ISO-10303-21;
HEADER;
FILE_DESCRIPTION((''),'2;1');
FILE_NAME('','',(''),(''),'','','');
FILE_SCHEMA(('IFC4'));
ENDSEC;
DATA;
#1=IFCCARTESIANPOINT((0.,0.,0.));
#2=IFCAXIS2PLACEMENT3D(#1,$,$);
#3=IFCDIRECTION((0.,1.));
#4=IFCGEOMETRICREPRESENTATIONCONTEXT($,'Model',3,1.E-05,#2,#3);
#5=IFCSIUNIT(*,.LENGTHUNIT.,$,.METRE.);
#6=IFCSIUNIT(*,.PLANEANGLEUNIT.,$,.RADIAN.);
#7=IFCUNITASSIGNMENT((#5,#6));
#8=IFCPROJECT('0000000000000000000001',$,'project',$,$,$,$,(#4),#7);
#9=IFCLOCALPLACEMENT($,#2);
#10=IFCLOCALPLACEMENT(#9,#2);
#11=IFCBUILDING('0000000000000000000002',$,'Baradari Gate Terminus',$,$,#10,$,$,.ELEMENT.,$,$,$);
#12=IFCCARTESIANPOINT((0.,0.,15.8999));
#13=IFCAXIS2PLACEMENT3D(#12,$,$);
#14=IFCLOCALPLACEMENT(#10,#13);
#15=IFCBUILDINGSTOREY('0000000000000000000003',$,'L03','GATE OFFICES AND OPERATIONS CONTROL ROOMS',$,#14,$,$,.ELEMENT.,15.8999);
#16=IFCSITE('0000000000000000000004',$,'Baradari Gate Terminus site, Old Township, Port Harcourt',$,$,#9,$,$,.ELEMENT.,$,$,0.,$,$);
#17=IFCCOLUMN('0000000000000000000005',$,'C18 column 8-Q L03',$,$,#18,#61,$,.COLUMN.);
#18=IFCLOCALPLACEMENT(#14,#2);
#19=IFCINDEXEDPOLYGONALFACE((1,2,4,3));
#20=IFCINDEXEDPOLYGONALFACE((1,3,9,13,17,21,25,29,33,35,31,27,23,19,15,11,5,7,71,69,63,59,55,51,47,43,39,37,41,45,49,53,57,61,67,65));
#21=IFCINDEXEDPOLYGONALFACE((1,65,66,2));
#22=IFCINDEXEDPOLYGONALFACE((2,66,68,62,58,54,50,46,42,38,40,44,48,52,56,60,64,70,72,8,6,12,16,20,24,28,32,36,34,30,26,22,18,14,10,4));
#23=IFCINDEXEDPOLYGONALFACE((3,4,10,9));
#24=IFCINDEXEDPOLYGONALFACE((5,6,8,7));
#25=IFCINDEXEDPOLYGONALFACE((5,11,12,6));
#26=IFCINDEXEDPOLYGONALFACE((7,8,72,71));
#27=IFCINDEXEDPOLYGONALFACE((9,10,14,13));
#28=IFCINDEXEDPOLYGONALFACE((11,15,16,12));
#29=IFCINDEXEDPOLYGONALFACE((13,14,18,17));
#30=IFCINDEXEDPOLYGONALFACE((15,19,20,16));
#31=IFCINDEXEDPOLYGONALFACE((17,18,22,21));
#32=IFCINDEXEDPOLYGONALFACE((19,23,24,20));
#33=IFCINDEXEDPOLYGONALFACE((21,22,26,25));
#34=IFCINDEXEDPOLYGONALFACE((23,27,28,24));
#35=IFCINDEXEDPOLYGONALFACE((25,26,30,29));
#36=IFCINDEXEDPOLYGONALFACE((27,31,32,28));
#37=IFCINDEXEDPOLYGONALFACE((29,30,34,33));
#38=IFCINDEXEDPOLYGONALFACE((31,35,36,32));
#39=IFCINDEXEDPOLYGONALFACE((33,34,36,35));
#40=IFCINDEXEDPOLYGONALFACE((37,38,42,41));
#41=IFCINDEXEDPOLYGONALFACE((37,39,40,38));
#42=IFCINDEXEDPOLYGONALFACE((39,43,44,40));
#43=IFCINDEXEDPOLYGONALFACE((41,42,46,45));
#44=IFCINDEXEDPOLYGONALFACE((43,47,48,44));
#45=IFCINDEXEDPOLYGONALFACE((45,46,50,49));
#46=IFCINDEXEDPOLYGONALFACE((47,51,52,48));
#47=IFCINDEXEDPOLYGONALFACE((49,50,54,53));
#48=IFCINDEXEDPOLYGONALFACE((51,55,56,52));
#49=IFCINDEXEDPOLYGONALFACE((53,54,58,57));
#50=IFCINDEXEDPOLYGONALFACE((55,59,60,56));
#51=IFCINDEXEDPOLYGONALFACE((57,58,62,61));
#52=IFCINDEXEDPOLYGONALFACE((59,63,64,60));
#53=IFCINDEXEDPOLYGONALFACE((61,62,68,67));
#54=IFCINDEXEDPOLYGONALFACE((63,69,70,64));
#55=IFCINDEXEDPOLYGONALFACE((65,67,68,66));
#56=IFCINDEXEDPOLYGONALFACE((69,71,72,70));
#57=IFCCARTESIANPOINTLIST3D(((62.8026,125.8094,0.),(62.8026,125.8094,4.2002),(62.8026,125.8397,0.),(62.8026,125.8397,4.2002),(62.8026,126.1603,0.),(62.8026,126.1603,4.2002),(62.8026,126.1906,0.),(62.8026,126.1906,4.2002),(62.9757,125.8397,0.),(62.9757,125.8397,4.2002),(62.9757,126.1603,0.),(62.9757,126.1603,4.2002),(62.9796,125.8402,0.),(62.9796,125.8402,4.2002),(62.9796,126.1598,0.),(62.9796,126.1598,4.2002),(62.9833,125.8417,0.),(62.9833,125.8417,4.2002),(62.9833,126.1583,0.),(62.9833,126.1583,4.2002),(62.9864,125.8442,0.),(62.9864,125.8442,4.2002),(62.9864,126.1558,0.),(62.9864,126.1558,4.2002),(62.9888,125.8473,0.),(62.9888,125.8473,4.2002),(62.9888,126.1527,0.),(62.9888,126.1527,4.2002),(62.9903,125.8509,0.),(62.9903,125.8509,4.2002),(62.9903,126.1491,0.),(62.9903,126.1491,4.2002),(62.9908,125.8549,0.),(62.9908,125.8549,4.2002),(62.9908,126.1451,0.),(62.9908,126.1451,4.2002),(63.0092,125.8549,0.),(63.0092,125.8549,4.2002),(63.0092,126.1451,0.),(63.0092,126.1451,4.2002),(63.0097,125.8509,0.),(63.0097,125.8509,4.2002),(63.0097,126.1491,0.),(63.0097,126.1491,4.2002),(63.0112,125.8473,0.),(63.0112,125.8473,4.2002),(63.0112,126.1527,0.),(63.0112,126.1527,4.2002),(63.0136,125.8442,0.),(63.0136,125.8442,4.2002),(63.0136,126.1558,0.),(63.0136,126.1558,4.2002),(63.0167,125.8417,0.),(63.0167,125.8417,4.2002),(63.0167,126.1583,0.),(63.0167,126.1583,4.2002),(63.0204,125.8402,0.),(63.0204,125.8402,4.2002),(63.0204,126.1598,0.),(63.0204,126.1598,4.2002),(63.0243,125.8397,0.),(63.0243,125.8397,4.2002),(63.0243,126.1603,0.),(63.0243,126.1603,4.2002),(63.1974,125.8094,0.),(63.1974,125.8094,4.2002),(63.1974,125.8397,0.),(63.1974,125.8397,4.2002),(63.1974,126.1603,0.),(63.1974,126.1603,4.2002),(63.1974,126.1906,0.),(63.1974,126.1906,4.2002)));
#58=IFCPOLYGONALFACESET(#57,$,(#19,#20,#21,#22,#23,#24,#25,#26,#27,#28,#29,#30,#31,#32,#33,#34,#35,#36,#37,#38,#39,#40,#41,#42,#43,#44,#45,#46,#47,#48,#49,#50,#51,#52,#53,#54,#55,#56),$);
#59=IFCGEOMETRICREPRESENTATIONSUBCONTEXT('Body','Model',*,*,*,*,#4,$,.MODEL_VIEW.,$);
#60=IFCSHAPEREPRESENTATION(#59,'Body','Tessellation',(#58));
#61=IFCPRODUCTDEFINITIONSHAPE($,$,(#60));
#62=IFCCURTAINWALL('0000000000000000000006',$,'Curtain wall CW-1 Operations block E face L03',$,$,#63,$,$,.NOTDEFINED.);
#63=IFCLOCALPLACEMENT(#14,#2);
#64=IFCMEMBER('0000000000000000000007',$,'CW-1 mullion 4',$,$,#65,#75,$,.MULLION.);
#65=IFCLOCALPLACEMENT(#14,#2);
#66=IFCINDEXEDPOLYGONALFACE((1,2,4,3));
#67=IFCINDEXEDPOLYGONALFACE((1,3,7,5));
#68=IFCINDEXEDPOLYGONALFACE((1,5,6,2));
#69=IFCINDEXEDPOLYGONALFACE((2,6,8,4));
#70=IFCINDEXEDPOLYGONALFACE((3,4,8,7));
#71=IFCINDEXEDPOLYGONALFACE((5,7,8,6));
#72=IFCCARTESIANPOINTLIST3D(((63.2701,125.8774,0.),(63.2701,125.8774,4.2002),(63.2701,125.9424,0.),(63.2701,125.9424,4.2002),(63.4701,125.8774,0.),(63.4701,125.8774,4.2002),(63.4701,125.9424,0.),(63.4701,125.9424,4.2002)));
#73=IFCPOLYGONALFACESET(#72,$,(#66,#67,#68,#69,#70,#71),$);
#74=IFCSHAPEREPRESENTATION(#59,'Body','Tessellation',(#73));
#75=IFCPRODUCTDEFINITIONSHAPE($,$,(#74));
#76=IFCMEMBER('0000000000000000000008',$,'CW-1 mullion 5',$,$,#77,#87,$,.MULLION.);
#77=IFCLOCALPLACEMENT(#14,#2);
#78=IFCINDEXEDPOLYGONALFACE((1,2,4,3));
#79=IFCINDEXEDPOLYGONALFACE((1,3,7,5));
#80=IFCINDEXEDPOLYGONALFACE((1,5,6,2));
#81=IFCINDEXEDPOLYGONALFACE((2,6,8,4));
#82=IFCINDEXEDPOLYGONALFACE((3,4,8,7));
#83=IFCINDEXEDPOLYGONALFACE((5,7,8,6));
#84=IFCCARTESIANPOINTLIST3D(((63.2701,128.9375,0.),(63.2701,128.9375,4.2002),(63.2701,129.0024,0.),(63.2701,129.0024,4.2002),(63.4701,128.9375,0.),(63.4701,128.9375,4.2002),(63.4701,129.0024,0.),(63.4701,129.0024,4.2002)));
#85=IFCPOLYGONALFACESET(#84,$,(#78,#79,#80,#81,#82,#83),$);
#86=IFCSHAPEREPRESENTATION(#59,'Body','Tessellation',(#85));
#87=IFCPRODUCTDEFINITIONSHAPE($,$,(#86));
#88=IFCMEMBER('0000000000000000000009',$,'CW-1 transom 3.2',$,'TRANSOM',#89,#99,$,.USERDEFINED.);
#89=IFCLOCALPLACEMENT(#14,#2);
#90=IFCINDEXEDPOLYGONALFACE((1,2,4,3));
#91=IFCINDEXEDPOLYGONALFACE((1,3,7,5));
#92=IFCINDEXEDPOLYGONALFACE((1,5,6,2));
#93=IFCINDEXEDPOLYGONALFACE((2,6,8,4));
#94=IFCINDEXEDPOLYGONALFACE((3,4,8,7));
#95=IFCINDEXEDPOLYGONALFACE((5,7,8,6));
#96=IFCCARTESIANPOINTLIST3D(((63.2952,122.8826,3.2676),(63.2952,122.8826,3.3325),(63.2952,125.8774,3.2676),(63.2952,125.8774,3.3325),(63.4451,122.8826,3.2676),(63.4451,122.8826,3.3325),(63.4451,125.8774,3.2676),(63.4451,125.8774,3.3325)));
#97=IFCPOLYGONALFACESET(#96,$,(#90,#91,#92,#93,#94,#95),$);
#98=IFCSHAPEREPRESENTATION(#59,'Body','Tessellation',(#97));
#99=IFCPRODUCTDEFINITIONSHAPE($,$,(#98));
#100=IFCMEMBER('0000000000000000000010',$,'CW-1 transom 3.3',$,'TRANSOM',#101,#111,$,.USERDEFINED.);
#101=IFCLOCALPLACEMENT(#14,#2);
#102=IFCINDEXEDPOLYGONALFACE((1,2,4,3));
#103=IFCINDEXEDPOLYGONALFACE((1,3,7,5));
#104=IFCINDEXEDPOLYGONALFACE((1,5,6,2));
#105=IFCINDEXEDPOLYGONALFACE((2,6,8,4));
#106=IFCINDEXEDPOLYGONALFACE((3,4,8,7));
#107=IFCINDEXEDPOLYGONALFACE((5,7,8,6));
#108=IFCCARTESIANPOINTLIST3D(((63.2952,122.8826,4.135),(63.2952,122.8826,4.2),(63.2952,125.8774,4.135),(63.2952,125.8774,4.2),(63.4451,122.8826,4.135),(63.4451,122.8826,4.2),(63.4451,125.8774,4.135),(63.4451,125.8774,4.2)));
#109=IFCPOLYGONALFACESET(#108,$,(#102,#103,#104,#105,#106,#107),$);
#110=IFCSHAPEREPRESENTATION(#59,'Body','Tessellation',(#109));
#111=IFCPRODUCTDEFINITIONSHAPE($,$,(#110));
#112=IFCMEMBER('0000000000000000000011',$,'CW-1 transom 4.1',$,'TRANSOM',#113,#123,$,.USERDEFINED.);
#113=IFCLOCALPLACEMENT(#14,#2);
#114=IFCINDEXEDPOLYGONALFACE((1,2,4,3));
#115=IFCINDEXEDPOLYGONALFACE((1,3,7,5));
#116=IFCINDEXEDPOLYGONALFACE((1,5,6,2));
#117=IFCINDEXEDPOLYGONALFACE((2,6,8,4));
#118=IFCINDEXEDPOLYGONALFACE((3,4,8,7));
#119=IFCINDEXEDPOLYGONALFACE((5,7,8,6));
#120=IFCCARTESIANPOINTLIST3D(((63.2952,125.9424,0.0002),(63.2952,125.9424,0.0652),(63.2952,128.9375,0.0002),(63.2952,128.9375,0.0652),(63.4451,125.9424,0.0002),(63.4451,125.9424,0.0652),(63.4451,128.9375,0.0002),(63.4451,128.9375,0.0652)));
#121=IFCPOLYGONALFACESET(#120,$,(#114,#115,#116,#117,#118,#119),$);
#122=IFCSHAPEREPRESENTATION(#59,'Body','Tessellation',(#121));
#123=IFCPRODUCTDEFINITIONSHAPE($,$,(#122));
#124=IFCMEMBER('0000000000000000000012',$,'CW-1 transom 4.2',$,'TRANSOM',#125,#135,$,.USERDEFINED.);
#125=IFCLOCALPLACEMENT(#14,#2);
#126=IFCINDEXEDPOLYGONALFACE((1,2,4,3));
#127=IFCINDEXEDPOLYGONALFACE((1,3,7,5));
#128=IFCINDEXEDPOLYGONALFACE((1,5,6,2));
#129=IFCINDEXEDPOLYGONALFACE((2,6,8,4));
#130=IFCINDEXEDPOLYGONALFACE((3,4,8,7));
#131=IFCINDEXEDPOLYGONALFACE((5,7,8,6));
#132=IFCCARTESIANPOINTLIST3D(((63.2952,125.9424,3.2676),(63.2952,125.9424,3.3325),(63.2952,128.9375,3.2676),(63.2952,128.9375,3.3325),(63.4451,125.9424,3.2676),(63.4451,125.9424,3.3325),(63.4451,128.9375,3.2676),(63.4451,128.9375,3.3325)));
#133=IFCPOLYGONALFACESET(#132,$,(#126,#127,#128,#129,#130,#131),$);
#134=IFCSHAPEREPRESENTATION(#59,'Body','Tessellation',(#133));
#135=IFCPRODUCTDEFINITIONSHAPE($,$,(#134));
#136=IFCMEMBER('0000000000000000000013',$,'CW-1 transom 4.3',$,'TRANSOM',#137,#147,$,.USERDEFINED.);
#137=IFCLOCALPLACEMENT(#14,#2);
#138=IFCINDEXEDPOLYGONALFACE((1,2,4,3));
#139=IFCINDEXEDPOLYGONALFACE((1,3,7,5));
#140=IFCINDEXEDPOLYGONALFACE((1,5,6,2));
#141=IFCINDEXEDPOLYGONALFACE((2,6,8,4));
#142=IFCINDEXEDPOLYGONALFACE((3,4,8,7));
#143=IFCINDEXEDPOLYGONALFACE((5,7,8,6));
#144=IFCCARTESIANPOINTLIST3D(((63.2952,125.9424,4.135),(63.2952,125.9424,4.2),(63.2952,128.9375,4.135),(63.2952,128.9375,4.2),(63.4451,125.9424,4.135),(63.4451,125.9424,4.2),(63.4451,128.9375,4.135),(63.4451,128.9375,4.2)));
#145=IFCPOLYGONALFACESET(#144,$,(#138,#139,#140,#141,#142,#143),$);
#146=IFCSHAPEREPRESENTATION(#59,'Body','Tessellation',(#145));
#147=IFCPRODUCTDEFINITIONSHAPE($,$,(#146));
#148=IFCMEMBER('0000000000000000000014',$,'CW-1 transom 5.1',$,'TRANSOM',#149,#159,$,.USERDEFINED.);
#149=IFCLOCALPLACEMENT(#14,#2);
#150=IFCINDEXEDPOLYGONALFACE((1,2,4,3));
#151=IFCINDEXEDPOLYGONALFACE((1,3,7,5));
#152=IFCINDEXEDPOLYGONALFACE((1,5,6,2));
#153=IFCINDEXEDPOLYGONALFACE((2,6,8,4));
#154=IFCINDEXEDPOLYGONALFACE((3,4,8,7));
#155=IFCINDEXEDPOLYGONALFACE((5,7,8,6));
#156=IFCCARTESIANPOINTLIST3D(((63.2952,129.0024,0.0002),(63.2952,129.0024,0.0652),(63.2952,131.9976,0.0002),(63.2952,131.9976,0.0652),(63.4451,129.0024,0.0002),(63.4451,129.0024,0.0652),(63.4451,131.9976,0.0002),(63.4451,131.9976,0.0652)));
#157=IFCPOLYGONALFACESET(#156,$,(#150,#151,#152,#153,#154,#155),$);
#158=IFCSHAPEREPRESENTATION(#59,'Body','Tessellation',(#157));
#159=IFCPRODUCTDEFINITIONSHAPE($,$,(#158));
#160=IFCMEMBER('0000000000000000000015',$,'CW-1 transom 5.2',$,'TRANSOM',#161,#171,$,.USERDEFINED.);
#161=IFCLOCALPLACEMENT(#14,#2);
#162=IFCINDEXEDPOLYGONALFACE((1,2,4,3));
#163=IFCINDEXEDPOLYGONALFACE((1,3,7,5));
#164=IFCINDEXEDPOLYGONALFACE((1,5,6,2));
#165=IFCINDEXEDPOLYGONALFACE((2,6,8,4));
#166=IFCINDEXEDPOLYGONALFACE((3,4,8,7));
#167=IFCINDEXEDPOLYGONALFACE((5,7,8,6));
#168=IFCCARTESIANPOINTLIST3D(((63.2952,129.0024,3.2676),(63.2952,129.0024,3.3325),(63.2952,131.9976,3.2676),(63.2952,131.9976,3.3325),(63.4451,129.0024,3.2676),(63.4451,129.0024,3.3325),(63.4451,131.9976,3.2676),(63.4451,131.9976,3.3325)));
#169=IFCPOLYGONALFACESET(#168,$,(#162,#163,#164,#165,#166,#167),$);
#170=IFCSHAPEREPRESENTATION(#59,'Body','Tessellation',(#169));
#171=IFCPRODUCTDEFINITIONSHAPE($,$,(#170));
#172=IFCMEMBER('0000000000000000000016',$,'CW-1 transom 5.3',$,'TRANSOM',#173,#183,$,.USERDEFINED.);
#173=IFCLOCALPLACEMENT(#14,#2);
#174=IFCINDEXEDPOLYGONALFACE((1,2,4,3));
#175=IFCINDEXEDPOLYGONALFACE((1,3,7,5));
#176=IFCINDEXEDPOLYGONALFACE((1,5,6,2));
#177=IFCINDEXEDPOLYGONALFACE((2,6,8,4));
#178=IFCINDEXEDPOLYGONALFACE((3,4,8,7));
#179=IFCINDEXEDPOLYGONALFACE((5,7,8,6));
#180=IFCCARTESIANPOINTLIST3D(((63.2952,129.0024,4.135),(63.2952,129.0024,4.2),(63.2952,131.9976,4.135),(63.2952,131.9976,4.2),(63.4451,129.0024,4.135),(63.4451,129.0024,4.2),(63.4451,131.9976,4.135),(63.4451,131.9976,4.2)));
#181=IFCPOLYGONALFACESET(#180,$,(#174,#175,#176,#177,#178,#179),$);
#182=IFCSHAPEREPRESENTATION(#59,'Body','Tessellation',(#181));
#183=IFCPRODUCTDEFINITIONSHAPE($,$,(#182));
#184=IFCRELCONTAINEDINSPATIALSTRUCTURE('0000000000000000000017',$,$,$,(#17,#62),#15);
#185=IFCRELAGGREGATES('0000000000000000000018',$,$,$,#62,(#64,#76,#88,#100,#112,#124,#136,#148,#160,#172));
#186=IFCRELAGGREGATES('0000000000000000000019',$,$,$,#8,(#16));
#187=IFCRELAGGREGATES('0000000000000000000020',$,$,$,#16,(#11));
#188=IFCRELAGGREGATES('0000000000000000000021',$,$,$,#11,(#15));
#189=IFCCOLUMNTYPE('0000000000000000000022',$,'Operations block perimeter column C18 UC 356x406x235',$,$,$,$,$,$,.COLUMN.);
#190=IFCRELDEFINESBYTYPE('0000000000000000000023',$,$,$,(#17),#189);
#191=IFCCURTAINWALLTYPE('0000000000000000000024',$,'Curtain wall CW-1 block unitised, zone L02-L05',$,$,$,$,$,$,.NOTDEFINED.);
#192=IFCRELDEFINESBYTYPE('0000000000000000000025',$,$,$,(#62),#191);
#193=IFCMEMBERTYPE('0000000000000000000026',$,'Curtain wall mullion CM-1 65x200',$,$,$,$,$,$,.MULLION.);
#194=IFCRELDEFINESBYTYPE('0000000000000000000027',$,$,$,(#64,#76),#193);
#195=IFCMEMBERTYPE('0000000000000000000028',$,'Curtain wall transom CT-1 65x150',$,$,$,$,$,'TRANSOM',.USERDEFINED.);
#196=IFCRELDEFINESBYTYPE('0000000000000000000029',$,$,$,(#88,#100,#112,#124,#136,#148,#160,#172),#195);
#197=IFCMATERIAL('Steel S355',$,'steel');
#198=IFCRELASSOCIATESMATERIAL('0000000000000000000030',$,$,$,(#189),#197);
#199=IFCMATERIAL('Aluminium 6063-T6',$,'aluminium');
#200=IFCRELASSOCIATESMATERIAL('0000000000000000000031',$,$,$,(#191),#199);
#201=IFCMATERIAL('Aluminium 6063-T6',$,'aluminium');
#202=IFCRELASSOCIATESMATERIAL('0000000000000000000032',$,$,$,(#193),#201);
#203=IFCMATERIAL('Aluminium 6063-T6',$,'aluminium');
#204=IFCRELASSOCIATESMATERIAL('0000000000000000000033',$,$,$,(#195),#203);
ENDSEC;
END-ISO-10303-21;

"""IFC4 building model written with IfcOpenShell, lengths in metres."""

from ifc_helpers import new_model, si_unit, direction, frame, origin, origin_2d, place, context, subcontext, project, spatial, rectangle, i_section, extrude, material, material_profile, profile_set, type_object, element, aggregate, save


model = new_model("IFC4")

# Units and contexts
model_context = context("Model", 3, precision=1e-05, world=origin(), true_north=direction((0.0, 1.0)))
body_context = subcontext(model_context, "Body", "Model", "MODEL_VIEW")
ifc_project = project(units=[si_unit("LENGTHUNIT", "METRE"), si_unit("PLANEANGLEUNIT", "RADIAN")], contexts=[model_context])

# Site, building, storey
site_placement = place(None, origin())
site = spatial("IfcSite", under=ifc_project, at=site_placement, Name="Baradari Gate Terminus site, Old Township, Port Harcourt", CompositionType="ELEMENT", RefElevation=0.0)
building_placement = place(site_placement, origin())
building = spatial("IfcBuilding", under=site, at=building_placement, Name="Baradari Gate Terminus", CompositionType="ELEMENT")
storey_placement = place(building_placement, frame((0.0, 0.0, 15.8999)))
storey = spatial("IfcBuildingStorey", under=building, at=storey_placement, Name="L03", Description="GATE OFFICES AND OPERATIONS CONTROL ROOMS", CompositionType="ELEMENT", Elevation=15.8999)

# Column
ifc_material_1 = material(Name="Steel S355", Category="steel")
ifc_material_profile_1 = material_profile(ifc_material_1, i_section(OverallWidth=0.3948, OverallDepth=0.3811, WebThickness=0.0183, FlangeThickness=0.0303, FilletRadius=0.0151, at=origin_2d()), Name="UC 356x406x235")
ifc_profile_set_1 = profile_set([ifc_material_profile_1], Name="Steel S355")
column_type = type_object("IfcColumnType", Name="Operations block perimeter column C18 UC 356x406x235", PredefinedType="COLUMN", material=ifc_profile_set_1)
column_placement = place(storey_placement, frame((63.0, 126.0, 0.0), z_axis=(0.0, 0.0, 1.0), x_axis=(1.0, 0.0, 0.0)))
element("IfcColumn", 1, at=column_placement, inside=storey, type_object=column_type, Name="C18 column 8-Q L03", PredefinedType="COLUMN", context=body_context, shape_type="SweptSolid", body=[
    extrude(i_section(OverallWidth=0.3948, OverallDepth=0.3811, WebThickness=0.0183, FlangeThickness=0.0303, FilletRadius=0.0151, at=origin_2d()), origin(), (0.0, 0.0, 1.0), 4.2002),
])

# Curtain wall, members
ifc_material_2 = material(Name="Aluminium 6063-T6", Category="aluminium")
curtain_wall_type = type_object("IfcCurtainWallType", Name="Curtain wall CW-1 block unitised, zone L02-L05", PredefinedType="NOTDEFINED", material=ifc_material_2)
curtain_wall_placement = place(storey_placement, origin())
curtain_wall = element("IfcCurtainWall", 2, at=curtain_wall_placement, inside=storey, type_object=curtain_wall_type, Name="Curtain wall CW-1 Operations block E face L03", PredefinedType="NOTDEFINED")
ifc_material_3 = material(Name="Aluminium 6063-T6", Category="aluminium")
ifc_material_profile_2 = material_profile(ifc_material_3, rectangle(XDim=0.2, YDim=0.0649, at=origin_2d()), Name="CM-1 65X200")
ifc_profile_set_2 = profile_set([ifc_material_profile_2], Name="Aluminium 6063-T6")
member_type_1 = type_object("IfcMemberType", Name="Curtain wall mullion CM-1 65x200", PredefinedType="MULLION", material=ifc_profile_set_2)
member_1_placement = place(storey_placement, frame((63.3701, 125.9099, 0.0), z_axis=(0.0, 0.0, 1.0), x_axis=(-1.0, 0.0, 0.0)))
member_1 = element("IfcMember", 3, at=member_1_placement, type_object=member_type_1, Name="CW-1 mullion 4", PredefinedType="MULLION", context=body_context, shape_type="SweptSolid", body=[
    extrude(rectangle(XDim=0.2, YDim=0.0649, at=origin_2d()), origin(), (0.0, 0.0, 1.0), 4.2002),
])
member_2_placement = place(storey_placement, frame((63.3701, 128.97, 0.0), z_axis=(0.0, 0.0, 1.0), x_axis=(-1.0, 0.0, 0.0)))
member_2 = element("IfcMember", 4, at=member_2_placement, type_object=member_type_1, Name="CW-1 mullion 5", PredefinedType="MULLION", context=body_context, shape_type="SweptSolid", body=[
    extrude(rectangle(XDim=0.2, YDim=0.0649, at=origin_2d()), origin(), (0.0, 0.0, 1.0), 4.2002),
])
ifc_material_4 = material(Name="Aluminium 6063-T6", Category="aluminium")
ifc_material_profile_3 = material_profile(ifc_material_4, rectangle(XDim=0.1499, YDim=0.0649, at=origin_2d()), Name="CT-1 65X150")
ifc_profile_set_3 = profile_set([ifc_material_profile_3], Name="Aluminium 6063-T6")
member_type_2 = type_object("IfcMemberType", Name="Curtain wall transom CT-1 65x150", ElementType="TRANSOM", PredefinedType="USERDEFINED", material=ifc_profile_set_3)
member_3_placement = place(storey_placement, frame((63.3701, 122.8826, 3.3), z_axis=(0.0, 1.0, 0.0), x_axis=(-1.0, 0.0, 0.0)))
member_3 = element("IfcMember", 5, at=member_3_placement, type_object=member_type_2, Name="CW-1 transom 3.2", ObjectType="TRANSOM", PredefinedType="USERDEFINED", context=body_context, shape_type="SweptSolid", body=[
    extrude(rectangle(XDim=0.1499, YDim=0.0649, at=origin_2d()), origin(), (0.0, 0.0, 1.0), 2.9949),
])
member_4_placement = place(storey_placement, frame((63.3701, 122.8826, 4.1675), z_axis=(0.0, 1.0, 0.0), x_axis=(-1.0, 0.0, 0.0)))
member_4 = element("IfcMember", 6, at=member_4_placement, type_object=member_type_2, Name="CW-1 transom 3.3", ObjectType="TRANSOM", PredefinedType="USERDEFINED", context=body_context, shape_type="SweptSolid", body=[
    extrude(rectangle(XDim=0.1499, YDim=0.0649, at=origin_2d()), origin(), (0.0, 0.0, 1.0), 2.9949),
])
member_5_placement = place(storey_placement, frame((63.3701, 125.9424, 0.0327), z_axis=(0.0, 1.0, 0.0), x_axis=(-1.0, 0.0, 0.0)))
member_5 = element("IfcMember", 7, at=member_5_placement, type_object=member_type_2, Name="CW-1 transom 4.1", ObjectType="TRANSOM", PredefinedType="USERDEFINED", context=body_context, shape_type="SweptSolid", body=[
    extrude(rectangle(XDim=0.1499, YDim=0.0649, at=origin_2d()), origin(), (0.0, 0.0, 1.0), 2.9951),
])
member_6_placement = place(storey_placement, frame((63.3701, 125.9424, 3.3), z_axis=(0.0, 1.0, 0.0), x_axis=(-1.0, 0.0, 0.0)))
member_6 = element("IfcMember", 8, at=member_6_placement, type_object=member_type_2, Name="CW-1 transom 4.2", ObjectType="TRANSOM", PredefinedType="USERDEFINED", context=body_context, shape_type="SweptSolid", body=[
    extrude(rectangle(XDim=0.1499, YDim=0.0649, at=origin_2d()), origin(), (0.0, 0.0, 1.0), 2.9951),
])
member_7_placement = place(storey_placement, frame((63.3701, 125.9424, 4.1675), z_axis=(0.0, 1.0, 0.0), x_axis=(-1.0, 0.0, 0.0)))
member_7 = element("IfcMember", 9, at=member_7_placement, type_object=member_type_2, Name="CW-1 transom 4.3", ObjectType="TRANSOM", PredefinedType="USERDEFINED", context=body_context, shape_type="SweptSolid", body=[
    extrude(rectangle(XDim=0.1499, YDim=0.0649, at=origin_2d()), origin(), (0.0, 0.0, 1.0), 2.9951),
])
member_8_placement = place(storey_placement, frame((63.3701, 129.0024, 0.0327), z_axis=(0.0, 1.0, 0.0), x_axis=(-1.0, 0.0, 0.0)))
member_8 = element("IfcMember", 10, at=member_8_placement, type_object=member_type_2, Name="CW-1 transom 5.1", ObjectType="TRANSOM", PredefinedType="USERDEFINED", context=body_context, shape_type="SweptSolid", body=[
    extrude(rectangle(XDim=0.1499, YDim=0.0649, at=origin_2d()), origin(), (0.0, 0.0, 1.0), 2.9951),
])
member_9_placement = place(storey_placement, frame((63.3701, 129.0024, 3.3), z_axis=(0.0, 1.0, 0.0), x_axis=(-1.0, 0.0, 0.0)))
member_9 = element("IfcMember", 11, at=member_9_placement, type_object=member_type_2, Name="CW-1 transom 5.2", ObjectType="TRANSOM", PredefinedType="USERDEFINED", context=body_context, shape_type="SweptSolid", body=[
    extrude(rectangle(XDim=0.1499, YDim=0.0649, at=origin_2d()), origin(), (0.0, 0.0, 1.0), 2.9951),
])
member_10_placement = place(storey_placement, frame((63.3701, 129.0024, 4.1675), z_axis=(0.0, 1.0, 0.0), x_axis=(-1.0, 0.0, 0.0)))
member_10 = element("IfcMember", 12, at=member_10_placement, type_object=member_type_2, Name="CW-1 transom 5.3", ObjectType="TRANSOM", PredefinedType="USERDEFINED", context=body_context, shape_type="SweptSolid", body=[
    extrude(rectangle(XDim=0.1499, YDim=0.0649, at=origin_2d()), origin(), (0.0, 0.0, 1.0), 2.9951),
])

aggregate(curtain_wall, [member_1, member_2, member_3, member_4, member_5, member_6, member_7, member_8, member_9, member_10])

save(model, "model.ifc")
